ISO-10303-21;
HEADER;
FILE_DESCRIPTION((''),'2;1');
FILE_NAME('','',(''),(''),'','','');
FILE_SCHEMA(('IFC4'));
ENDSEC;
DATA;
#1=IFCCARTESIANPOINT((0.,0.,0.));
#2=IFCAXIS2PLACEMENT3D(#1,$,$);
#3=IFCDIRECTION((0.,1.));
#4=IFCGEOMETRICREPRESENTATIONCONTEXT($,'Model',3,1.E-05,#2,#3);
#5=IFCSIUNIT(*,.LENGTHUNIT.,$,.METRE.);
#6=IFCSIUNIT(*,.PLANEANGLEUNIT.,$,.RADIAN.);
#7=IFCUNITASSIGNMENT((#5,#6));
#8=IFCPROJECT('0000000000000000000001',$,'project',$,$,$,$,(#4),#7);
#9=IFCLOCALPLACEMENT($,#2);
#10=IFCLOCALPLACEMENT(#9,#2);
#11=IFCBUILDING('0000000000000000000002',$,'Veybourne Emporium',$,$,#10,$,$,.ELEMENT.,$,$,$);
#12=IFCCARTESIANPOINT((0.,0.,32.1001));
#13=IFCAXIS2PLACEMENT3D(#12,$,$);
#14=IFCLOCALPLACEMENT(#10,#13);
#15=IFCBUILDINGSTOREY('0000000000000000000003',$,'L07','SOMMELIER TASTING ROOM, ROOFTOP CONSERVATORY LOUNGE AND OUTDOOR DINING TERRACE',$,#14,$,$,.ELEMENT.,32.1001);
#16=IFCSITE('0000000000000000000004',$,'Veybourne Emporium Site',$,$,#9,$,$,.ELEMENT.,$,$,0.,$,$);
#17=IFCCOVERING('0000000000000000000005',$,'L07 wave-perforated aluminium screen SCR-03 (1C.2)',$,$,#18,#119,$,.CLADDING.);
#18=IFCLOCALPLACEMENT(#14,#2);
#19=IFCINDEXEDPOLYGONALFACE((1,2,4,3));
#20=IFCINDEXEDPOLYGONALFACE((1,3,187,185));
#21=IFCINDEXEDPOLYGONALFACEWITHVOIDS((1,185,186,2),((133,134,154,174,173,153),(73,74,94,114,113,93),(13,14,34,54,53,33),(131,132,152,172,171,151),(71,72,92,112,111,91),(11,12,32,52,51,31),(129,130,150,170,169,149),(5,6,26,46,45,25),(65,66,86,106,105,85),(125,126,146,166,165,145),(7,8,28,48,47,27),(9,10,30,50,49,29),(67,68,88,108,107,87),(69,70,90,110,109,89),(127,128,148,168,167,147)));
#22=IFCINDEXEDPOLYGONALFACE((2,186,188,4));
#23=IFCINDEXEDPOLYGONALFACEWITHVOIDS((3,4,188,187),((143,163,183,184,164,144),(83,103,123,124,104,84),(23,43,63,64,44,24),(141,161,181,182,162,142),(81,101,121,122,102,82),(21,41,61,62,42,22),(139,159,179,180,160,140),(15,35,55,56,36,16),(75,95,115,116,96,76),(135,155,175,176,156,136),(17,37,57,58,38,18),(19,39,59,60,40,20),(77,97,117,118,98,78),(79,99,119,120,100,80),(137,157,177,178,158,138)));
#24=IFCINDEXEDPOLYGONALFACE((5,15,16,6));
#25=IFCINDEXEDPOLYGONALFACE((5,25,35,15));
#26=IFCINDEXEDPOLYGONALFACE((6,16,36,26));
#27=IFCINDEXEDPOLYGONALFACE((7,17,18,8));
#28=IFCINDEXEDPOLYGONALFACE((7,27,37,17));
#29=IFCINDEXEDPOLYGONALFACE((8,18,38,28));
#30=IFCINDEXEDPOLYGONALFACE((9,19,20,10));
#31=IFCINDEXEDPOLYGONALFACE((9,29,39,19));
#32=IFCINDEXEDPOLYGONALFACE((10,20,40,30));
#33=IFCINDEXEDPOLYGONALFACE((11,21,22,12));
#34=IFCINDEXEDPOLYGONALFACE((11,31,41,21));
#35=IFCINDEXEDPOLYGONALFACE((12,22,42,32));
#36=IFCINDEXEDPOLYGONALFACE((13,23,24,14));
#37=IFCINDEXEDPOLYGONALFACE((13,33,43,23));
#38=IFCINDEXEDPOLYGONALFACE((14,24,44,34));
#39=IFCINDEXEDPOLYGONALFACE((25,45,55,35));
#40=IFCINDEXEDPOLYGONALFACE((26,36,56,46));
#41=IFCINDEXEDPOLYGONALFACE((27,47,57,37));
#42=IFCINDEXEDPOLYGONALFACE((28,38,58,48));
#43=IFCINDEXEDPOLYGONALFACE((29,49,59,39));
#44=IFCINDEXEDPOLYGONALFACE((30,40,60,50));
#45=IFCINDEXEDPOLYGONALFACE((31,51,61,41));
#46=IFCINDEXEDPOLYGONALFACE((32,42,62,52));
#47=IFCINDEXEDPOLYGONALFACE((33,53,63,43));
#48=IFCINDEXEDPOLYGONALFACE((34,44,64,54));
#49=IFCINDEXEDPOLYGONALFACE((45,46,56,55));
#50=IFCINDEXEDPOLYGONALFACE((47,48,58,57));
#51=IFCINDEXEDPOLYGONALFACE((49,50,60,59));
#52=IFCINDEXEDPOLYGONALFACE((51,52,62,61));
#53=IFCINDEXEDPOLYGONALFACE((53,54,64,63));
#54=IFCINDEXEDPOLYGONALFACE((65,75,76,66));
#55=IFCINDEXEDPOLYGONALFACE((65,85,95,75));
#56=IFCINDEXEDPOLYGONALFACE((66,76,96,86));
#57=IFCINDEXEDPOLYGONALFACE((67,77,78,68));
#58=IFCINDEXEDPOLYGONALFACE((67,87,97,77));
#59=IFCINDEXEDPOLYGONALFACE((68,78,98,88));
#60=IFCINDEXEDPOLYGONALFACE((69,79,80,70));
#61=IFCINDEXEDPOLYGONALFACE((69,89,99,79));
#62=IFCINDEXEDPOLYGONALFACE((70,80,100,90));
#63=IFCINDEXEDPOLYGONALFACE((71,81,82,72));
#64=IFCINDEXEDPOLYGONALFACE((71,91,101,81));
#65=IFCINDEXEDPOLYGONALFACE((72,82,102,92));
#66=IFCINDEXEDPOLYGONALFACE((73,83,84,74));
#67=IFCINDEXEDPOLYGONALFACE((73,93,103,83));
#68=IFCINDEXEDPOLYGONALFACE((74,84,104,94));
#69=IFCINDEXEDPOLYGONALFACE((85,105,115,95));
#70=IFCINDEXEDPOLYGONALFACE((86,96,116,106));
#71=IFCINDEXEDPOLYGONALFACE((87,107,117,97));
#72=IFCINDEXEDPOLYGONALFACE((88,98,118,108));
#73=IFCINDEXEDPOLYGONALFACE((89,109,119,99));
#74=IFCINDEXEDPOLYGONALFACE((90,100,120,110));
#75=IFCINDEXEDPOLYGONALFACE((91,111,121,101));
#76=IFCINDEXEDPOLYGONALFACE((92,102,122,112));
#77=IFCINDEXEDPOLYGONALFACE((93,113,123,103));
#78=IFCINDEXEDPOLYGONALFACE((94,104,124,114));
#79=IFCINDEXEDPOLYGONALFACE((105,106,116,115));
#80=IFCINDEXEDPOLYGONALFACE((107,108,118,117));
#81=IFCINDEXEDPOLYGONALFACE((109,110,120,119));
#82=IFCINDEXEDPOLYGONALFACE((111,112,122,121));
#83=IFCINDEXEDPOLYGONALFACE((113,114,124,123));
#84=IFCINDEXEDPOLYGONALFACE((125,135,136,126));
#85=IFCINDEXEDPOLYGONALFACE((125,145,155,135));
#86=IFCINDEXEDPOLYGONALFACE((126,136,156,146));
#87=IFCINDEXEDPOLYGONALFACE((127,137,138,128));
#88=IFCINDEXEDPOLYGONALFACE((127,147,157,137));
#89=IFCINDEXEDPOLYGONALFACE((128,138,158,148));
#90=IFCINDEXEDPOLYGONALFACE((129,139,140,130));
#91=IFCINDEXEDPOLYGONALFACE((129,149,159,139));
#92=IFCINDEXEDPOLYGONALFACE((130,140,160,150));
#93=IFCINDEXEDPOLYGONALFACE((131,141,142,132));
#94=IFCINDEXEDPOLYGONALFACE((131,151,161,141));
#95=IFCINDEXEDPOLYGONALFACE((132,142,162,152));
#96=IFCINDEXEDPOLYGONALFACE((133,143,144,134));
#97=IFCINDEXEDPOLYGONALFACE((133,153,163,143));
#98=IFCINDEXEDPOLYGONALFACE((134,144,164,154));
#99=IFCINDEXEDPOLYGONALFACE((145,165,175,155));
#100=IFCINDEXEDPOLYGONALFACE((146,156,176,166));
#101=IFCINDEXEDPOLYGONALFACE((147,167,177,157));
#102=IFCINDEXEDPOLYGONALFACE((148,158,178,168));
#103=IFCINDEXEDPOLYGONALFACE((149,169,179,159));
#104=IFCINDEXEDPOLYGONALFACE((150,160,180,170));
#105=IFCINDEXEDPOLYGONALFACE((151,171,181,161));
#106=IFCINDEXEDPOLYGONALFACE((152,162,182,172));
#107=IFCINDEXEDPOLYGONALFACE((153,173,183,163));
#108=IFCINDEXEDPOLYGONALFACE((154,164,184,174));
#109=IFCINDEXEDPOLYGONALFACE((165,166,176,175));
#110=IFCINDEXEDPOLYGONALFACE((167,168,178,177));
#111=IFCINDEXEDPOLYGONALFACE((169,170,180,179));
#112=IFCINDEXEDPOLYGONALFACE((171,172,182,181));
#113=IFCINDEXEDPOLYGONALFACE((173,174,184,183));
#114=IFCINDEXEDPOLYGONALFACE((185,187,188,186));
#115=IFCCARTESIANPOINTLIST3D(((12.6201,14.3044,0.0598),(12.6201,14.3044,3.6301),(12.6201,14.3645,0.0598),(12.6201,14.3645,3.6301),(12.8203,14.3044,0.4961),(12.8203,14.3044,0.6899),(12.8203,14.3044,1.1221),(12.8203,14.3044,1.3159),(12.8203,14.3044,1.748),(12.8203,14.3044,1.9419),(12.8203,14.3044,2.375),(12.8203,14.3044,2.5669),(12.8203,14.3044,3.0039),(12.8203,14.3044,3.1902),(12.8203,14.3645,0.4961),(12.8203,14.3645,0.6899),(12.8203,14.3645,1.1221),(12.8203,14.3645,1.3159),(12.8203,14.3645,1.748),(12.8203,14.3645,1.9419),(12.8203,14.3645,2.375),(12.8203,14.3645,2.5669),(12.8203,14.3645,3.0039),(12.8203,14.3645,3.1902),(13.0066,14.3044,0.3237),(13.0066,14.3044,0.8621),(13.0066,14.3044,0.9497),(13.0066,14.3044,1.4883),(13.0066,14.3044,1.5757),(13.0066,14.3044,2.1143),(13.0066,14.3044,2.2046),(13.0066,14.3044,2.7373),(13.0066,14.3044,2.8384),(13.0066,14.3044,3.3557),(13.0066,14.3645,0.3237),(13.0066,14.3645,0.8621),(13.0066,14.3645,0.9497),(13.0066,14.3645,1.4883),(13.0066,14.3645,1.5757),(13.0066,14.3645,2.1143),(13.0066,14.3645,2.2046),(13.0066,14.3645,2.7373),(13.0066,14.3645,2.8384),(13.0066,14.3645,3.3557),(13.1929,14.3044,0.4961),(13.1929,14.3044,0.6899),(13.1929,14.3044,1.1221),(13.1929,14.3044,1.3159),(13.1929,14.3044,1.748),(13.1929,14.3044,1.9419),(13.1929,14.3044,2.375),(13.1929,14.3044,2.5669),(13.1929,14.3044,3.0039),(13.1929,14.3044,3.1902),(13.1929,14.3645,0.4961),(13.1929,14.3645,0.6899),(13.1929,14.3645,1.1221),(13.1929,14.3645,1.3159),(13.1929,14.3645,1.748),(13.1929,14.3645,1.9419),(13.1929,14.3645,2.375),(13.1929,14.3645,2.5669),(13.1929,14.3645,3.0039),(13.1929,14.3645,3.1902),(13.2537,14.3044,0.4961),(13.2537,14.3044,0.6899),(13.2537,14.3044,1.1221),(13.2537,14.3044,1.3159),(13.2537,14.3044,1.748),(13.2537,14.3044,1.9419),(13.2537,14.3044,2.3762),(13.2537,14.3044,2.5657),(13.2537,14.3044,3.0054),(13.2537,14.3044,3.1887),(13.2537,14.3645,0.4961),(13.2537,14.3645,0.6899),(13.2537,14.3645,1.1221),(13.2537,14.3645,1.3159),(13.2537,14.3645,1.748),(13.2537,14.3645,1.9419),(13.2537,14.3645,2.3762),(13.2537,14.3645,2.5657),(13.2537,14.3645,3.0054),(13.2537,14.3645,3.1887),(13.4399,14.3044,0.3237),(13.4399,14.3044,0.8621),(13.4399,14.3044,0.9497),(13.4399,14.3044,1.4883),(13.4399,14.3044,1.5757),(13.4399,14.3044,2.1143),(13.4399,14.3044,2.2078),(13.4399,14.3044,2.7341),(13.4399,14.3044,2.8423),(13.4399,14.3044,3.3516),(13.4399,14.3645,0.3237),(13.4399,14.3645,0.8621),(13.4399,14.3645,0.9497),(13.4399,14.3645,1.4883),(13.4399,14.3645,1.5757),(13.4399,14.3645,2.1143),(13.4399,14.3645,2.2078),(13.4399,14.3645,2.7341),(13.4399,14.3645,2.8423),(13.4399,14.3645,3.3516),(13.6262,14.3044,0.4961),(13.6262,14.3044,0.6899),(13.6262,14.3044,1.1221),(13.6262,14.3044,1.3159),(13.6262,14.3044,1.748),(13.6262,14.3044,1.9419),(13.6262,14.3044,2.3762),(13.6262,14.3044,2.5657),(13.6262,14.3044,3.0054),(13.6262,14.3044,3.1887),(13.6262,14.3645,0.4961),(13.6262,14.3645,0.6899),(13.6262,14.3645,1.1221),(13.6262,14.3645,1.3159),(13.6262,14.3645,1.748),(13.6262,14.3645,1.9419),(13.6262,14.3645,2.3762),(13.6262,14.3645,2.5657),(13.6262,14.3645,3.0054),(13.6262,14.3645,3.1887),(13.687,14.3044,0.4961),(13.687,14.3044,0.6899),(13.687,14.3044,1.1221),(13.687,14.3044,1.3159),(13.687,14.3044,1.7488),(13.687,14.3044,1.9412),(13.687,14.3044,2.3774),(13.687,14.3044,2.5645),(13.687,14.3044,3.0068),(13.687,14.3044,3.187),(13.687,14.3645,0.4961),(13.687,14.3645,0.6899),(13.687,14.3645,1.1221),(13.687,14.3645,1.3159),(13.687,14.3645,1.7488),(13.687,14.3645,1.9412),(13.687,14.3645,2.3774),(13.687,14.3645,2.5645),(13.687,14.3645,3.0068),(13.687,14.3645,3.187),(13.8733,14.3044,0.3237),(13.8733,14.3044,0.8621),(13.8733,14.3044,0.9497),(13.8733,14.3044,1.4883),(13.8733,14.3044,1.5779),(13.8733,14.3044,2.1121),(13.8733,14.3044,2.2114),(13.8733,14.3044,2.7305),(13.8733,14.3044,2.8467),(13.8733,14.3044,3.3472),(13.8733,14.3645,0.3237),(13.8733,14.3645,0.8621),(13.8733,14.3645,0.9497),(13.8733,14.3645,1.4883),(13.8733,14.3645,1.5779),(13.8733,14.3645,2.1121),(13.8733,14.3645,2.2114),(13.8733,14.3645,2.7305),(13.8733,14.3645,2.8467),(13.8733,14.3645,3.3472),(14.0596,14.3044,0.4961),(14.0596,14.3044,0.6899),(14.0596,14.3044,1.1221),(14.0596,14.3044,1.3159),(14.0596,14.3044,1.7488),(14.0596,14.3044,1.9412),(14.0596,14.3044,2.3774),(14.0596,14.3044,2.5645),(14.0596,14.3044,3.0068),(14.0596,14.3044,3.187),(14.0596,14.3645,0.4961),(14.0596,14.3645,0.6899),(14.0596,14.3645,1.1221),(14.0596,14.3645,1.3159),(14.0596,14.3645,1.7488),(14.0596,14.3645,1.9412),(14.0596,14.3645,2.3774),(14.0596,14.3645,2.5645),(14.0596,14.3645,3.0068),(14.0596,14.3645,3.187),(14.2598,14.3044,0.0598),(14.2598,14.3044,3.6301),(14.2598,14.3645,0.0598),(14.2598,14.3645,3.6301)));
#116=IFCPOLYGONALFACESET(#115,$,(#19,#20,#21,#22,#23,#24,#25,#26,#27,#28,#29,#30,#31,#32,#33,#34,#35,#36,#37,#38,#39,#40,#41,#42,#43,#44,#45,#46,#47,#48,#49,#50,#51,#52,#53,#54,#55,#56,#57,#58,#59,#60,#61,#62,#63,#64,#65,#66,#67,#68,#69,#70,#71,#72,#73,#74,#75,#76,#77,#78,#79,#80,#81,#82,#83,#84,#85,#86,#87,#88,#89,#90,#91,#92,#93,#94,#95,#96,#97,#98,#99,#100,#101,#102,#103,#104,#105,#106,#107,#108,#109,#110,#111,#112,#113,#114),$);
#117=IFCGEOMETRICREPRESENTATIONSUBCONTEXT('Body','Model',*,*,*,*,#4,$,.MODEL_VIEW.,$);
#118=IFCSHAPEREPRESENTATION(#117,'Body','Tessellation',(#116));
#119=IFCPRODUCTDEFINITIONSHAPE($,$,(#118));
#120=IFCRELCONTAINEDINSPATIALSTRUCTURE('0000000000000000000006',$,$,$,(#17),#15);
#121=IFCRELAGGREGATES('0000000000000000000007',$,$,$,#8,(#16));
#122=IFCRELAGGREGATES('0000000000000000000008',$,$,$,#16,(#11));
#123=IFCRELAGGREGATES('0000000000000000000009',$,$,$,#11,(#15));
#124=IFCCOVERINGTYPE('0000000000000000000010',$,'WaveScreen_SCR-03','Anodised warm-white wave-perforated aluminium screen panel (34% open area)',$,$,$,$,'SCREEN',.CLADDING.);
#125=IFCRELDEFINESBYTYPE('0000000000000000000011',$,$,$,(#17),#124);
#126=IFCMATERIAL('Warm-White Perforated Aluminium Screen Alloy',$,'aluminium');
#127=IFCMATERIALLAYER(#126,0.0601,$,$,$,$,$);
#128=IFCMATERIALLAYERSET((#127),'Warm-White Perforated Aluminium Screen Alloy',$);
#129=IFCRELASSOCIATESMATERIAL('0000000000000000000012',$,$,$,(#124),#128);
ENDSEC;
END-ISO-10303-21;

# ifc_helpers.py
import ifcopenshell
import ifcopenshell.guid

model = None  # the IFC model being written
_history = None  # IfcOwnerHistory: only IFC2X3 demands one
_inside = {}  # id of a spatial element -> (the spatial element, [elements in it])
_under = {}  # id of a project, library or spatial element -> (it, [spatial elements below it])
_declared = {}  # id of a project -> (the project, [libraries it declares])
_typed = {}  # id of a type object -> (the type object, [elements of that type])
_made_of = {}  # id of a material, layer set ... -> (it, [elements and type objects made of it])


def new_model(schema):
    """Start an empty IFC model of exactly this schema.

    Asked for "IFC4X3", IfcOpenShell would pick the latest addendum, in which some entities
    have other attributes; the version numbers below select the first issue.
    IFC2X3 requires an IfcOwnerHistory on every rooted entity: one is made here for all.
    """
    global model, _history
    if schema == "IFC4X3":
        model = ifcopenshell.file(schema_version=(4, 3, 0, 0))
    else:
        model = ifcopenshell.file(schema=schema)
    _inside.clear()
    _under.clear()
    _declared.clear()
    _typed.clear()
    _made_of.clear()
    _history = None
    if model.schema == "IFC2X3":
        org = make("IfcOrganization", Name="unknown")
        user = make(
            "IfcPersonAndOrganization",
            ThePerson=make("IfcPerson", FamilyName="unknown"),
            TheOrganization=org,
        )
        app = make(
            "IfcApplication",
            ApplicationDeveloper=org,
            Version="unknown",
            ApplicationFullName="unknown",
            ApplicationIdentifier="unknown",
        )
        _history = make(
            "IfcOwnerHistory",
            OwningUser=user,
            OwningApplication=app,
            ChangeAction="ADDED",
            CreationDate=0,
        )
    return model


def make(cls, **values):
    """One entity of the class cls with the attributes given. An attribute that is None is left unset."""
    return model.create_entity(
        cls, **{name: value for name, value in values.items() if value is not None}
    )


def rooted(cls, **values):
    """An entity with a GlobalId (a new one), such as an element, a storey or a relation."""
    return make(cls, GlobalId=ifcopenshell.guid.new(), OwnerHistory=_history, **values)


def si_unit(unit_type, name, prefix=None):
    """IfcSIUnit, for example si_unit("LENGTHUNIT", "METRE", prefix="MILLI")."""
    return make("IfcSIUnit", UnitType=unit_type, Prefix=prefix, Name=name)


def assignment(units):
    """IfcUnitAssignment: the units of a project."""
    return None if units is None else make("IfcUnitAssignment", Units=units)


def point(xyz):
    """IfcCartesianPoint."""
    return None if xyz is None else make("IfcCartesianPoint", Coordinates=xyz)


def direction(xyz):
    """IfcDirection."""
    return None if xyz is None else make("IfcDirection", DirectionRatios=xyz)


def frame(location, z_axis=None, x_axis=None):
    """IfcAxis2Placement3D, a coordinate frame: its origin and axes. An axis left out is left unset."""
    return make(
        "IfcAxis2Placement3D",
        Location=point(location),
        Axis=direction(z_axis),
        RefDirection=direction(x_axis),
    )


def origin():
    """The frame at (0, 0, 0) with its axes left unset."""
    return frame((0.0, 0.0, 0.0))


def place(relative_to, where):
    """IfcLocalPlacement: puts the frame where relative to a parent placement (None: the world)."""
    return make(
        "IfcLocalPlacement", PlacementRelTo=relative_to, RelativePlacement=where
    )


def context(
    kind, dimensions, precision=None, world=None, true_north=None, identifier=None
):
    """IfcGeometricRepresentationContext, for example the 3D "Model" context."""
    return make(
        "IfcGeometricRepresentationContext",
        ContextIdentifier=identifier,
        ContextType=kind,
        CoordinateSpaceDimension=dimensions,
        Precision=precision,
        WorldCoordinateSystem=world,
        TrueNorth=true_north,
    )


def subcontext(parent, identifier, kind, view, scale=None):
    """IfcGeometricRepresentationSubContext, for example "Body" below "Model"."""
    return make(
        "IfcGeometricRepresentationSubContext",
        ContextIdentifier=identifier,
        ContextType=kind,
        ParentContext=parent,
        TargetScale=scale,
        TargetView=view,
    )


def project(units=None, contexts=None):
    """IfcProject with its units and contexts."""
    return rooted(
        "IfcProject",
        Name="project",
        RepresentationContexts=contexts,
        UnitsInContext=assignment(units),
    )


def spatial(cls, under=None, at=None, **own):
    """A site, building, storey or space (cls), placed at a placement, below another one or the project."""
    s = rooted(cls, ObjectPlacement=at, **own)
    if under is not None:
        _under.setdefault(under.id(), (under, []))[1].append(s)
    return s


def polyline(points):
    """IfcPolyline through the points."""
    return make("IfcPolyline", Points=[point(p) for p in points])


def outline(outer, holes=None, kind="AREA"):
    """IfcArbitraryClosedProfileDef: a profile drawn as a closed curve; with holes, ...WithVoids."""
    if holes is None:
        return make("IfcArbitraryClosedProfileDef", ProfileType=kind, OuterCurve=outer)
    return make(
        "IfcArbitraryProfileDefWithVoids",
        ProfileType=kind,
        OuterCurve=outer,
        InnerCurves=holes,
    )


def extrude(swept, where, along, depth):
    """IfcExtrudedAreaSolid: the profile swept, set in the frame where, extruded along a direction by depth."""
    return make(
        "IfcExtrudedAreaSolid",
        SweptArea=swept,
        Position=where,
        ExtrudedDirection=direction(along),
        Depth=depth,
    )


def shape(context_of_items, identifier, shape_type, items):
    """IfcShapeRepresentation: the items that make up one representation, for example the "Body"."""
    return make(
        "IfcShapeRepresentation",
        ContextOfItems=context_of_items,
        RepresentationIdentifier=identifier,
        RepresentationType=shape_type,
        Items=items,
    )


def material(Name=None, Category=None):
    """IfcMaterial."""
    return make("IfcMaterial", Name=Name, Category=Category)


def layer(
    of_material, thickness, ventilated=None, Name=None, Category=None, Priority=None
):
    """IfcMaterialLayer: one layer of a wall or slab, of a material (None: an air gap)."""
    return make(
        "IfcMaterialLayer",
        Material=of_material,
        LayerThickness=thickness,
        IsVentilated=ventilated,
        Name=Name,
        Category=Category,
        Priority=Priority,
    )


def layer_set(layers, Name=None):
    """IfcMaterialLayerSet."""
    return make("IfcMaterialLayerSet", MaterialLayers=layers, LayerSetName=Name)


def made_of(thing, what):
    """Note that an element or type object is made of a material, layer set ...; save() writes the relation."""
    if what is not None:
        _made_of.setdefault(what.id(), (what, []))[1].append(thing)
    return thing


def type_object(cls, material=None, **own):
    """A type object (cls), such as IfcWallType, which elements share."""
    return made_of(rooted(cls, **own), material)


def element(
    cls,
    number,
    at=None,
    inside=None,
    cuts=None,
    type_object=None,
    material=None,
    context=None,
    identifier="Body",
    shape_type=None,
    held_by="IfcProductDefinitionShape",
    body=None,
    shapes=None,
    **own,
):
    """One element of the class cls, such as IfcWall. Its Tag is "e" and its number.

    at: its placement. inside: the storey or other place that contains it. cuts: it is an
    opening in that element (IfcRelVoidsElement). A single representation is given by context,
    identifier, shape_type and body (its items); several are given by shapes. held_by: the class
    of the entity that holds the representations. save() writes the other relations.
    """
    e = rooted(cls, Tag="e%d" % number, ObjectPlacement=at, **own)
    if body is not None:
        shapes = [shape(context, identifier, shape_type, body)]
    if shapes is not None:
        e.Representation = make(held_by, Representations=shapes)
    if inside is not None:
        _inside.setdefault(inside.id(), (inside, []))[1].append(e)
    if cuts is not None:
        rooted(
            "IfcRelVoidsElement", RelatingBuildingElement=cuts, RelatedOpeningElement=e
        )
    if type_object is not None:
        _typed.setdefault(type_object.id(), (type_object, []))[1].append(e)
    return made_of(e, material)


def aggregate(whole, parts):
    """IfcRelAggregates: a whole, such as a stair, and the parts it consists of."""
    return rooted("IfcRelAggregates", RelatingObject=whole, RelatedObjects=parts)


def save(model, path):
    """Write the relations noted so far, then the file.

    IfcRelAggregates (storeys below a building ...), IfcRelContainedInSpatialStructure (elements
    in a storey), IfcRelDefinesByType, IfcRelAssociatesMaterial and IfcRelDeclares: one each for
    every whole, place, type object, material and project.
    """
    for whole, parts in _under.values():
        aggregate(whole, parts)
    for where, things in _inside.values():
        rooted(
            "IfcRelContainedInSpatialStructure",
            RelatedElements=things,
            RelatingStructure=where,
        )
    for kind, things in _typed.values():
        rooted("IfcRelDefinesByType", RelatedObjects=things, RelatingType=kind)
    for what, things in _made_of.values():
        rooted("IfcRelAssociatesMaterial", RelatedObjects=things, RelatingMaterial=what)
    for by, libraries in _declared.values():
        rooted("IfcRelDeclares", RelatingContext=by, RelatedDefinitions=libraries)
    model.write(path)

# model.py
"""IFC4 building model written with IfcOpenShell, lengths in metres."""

from ifc_helpers import new_model, si_unit, direction, frame, origin, place, context, subcontext, project, spatial, polyline, outline, extrude, material, layer, layer_set, type_object, element, save


model = new_model("IFC4")

# Units and contexts
model_context = context("Model", 3, precision=1e-05, world=origin(), true_north=direction((0.0, 1.0)))
body_context = subcontext(model_context, "Body", "Model", "MODEL_VIEW")
ifc_project = project(units=[si_unit("LENGTHUNIT", "METRE"), si_unit("PLANEANGLEUNIT", "RADIAN")], contexts=[model_context])

# Site, building, storey
site_placement = place(None, origin())
site = spatial("IfcSite", under=ifc_project, at=site_placement, Name="Veybourne Emporium Site", CompositionType="ELEMENT", RefElevation=0.0)
building_placement = place(site_placement, origin())
building = spatial("IfcBuilding", under=site, at=building_placement, Name="Veybourne Emporium", CompositionType="ELEMENT")
storey_placement = place(building_placement, frame((0.0, 0.0, 32.1001)))
storey = spatial("IfcBuildingStorey", under=building, at=storey_placement, Name="L07", Description="SOMMELIER TASTING ROOM, ROOFTOP CONSERVATORY LOUNGE AND OUTDOOR DINING TERRACE", CompositionType="ELEMENT", Elevation=32.1001)

# Covering
ifc_material_1 = material(Name="Warm-White Perforated Aluminium Screen Alloy", Category="aluminium")
ifc_layer_1 = layer(ifc_material_1, 0.0601)
ifc_layer_set_1 = layer_set([ifc_layer_1], Name="Warm-White Perforated Aluminium Screen Alloy")
covering_type_1 = type_object("IfcCoveringType", Name="WaveScreen_SCR-03", Description="Anodised warm-white wave-perforated aluminium screen panel (34% open area)", ElementType="SCREEN", PredefinedType="CLADDING", material=ifc_layer_set_1)
covering_1_placement = place(storey_placement, frame((13.4399, 14.3044, 1.845), z_axis=(0.0, 1.0, 0.0), x_axis=(-1.0, 0.0, 0.0)))
element("IfcCovering", 1, at=covering_1_placement, inside=storey, type_object=covering_type_1, Name="L07 wave-perforated aluminium screen SCR-03 (1C.2)", PredefinedType="CLADDING", context=body_context, shape_type="SweptSolid", body=[
    extrude(outline(polyline([(-0.8198, -1.7852), (0.8198, -1.7852), (0.8198, 1.7852), (-0.8198, 1.7852), (-0.8198, -1.7852)]), holes=[polyline([(-0.4333, -0.9829), (-0.2471, -1.155), (-0.2471, -1.3489), (-0.4333, -1.5212), (-0.6196, -1.3489), (-0.6196, -1.155), (-0.4333, -0.9829)]), polyline([(-0.4333, -0.3567), (-0.2471, -0.5291), (-0.2471, -0.7229), (-0.4333, -0.8953), (-0.6196, -0.7229), (-0.6196, -0.5291), (-0.4333, -0.3567)]), polyline([(-0.4333, 0.2671), (-0.2471, 0.0962), (-0.2471, -0.0962), (-0.4333, -0.2671), (-0.6196, -0.0962), (-0.6196, 0.0962), (-0.4333, 0.2671)]), polyline([(-0.4333, 0.8855), (-0.2471, 0.7195), (-0.2471, 0.5325), (-0.4333, 0.3665), (-0.6196, 0.5325), (-0.6196, 0.7195), (-0.4333, 0.8855)]), polyline([(-0.4333, 1.5022), (-0.2471, 1.342), (-0.2471, 1.1619), (-0.4333, 1.0017), (-0.6196, 1.1619), (-0.6196, 1.342), (-0.4333, 1.5022)]), polyline([(0.0, -0.9829), (0.1863, -1.155), (0.1863, -1.3489), (0.0, -1.5212), (-0.1863, -1.3489), (-0.1863, -1.155), (0.0, -0.9829)]), polyline([(0.0, -0.3567), (0.1863, -0.5291), (0.1863, -0.7229), (0.0, -0.8953), (-0.1863, -0.7229), (-0.1863, -0.5291), (0.0, -0.3567)]), polyline([(0.0, 0.2693), (0.1863, 0.0969), (0.1863, -0.0969), (0.0, -0.2693), (-0.1863, -0.0969), (-0.1863, 0.0969), (0.0, 0.2693)]), polyline([(0.0, 0.8892), (0.1863, 0.7207), (0.1863, 0.5312), (0.0, 0.3628), (-0.1863, 0.5312), (-0.1863, 0.7207), (0.0, 0.8892)]), polyline([(0.0, 1.5066), (0.1863, 1.3438), (0.1863, 1.1604), (0.0, 0.9973), (-0.1863, 1.1604), (-0.1863, 1.3438), (0.0, 1.5066)]), polyline([(0.4333, -0.9829), (0.6196, -1.155), (0.6196, -1.3489), (0.4333, -1.5212), (0.2471, -1.3489), (0.2471, -1.155), (0.4333, -0.9829)]), polyline([(0.4333, -0.3567), (0.6196, -0.5291), (0.6196, -0.7229), (0.4333, -0.8953), (0.2471, -0.7229), (0.2471, -0.5291), (0.4333, -0.3567)]), polyline([(0.4333, 0.2693), (0.6196, 0.0969), (0.6196, -0.0969), (0.4333, -0.2693), (0.2471, -0.0969), (0.2471, 0.0969), (0.4333, 0.2693)]), polyline([(0.4333, 0.8923), (0.6196, 0.7219), (0.6196, 0.53), (0.4333, 0.3596), (0.2471, 0.53), (0.2471, 0.7219), (0.4333, 0.8923)]), polyline([(0.4333, 1.5107), (0.6196, 1.3452), (0.6196, 1.1589), (0.4333, 0.9934), (0.2471, 1.1589), (0.2471, 1.3452), (0.4333, 1.5107)])]), origin(), (0.0, 0.0, 1.0), 0.0601),
])

save(model, "model.ifc")
